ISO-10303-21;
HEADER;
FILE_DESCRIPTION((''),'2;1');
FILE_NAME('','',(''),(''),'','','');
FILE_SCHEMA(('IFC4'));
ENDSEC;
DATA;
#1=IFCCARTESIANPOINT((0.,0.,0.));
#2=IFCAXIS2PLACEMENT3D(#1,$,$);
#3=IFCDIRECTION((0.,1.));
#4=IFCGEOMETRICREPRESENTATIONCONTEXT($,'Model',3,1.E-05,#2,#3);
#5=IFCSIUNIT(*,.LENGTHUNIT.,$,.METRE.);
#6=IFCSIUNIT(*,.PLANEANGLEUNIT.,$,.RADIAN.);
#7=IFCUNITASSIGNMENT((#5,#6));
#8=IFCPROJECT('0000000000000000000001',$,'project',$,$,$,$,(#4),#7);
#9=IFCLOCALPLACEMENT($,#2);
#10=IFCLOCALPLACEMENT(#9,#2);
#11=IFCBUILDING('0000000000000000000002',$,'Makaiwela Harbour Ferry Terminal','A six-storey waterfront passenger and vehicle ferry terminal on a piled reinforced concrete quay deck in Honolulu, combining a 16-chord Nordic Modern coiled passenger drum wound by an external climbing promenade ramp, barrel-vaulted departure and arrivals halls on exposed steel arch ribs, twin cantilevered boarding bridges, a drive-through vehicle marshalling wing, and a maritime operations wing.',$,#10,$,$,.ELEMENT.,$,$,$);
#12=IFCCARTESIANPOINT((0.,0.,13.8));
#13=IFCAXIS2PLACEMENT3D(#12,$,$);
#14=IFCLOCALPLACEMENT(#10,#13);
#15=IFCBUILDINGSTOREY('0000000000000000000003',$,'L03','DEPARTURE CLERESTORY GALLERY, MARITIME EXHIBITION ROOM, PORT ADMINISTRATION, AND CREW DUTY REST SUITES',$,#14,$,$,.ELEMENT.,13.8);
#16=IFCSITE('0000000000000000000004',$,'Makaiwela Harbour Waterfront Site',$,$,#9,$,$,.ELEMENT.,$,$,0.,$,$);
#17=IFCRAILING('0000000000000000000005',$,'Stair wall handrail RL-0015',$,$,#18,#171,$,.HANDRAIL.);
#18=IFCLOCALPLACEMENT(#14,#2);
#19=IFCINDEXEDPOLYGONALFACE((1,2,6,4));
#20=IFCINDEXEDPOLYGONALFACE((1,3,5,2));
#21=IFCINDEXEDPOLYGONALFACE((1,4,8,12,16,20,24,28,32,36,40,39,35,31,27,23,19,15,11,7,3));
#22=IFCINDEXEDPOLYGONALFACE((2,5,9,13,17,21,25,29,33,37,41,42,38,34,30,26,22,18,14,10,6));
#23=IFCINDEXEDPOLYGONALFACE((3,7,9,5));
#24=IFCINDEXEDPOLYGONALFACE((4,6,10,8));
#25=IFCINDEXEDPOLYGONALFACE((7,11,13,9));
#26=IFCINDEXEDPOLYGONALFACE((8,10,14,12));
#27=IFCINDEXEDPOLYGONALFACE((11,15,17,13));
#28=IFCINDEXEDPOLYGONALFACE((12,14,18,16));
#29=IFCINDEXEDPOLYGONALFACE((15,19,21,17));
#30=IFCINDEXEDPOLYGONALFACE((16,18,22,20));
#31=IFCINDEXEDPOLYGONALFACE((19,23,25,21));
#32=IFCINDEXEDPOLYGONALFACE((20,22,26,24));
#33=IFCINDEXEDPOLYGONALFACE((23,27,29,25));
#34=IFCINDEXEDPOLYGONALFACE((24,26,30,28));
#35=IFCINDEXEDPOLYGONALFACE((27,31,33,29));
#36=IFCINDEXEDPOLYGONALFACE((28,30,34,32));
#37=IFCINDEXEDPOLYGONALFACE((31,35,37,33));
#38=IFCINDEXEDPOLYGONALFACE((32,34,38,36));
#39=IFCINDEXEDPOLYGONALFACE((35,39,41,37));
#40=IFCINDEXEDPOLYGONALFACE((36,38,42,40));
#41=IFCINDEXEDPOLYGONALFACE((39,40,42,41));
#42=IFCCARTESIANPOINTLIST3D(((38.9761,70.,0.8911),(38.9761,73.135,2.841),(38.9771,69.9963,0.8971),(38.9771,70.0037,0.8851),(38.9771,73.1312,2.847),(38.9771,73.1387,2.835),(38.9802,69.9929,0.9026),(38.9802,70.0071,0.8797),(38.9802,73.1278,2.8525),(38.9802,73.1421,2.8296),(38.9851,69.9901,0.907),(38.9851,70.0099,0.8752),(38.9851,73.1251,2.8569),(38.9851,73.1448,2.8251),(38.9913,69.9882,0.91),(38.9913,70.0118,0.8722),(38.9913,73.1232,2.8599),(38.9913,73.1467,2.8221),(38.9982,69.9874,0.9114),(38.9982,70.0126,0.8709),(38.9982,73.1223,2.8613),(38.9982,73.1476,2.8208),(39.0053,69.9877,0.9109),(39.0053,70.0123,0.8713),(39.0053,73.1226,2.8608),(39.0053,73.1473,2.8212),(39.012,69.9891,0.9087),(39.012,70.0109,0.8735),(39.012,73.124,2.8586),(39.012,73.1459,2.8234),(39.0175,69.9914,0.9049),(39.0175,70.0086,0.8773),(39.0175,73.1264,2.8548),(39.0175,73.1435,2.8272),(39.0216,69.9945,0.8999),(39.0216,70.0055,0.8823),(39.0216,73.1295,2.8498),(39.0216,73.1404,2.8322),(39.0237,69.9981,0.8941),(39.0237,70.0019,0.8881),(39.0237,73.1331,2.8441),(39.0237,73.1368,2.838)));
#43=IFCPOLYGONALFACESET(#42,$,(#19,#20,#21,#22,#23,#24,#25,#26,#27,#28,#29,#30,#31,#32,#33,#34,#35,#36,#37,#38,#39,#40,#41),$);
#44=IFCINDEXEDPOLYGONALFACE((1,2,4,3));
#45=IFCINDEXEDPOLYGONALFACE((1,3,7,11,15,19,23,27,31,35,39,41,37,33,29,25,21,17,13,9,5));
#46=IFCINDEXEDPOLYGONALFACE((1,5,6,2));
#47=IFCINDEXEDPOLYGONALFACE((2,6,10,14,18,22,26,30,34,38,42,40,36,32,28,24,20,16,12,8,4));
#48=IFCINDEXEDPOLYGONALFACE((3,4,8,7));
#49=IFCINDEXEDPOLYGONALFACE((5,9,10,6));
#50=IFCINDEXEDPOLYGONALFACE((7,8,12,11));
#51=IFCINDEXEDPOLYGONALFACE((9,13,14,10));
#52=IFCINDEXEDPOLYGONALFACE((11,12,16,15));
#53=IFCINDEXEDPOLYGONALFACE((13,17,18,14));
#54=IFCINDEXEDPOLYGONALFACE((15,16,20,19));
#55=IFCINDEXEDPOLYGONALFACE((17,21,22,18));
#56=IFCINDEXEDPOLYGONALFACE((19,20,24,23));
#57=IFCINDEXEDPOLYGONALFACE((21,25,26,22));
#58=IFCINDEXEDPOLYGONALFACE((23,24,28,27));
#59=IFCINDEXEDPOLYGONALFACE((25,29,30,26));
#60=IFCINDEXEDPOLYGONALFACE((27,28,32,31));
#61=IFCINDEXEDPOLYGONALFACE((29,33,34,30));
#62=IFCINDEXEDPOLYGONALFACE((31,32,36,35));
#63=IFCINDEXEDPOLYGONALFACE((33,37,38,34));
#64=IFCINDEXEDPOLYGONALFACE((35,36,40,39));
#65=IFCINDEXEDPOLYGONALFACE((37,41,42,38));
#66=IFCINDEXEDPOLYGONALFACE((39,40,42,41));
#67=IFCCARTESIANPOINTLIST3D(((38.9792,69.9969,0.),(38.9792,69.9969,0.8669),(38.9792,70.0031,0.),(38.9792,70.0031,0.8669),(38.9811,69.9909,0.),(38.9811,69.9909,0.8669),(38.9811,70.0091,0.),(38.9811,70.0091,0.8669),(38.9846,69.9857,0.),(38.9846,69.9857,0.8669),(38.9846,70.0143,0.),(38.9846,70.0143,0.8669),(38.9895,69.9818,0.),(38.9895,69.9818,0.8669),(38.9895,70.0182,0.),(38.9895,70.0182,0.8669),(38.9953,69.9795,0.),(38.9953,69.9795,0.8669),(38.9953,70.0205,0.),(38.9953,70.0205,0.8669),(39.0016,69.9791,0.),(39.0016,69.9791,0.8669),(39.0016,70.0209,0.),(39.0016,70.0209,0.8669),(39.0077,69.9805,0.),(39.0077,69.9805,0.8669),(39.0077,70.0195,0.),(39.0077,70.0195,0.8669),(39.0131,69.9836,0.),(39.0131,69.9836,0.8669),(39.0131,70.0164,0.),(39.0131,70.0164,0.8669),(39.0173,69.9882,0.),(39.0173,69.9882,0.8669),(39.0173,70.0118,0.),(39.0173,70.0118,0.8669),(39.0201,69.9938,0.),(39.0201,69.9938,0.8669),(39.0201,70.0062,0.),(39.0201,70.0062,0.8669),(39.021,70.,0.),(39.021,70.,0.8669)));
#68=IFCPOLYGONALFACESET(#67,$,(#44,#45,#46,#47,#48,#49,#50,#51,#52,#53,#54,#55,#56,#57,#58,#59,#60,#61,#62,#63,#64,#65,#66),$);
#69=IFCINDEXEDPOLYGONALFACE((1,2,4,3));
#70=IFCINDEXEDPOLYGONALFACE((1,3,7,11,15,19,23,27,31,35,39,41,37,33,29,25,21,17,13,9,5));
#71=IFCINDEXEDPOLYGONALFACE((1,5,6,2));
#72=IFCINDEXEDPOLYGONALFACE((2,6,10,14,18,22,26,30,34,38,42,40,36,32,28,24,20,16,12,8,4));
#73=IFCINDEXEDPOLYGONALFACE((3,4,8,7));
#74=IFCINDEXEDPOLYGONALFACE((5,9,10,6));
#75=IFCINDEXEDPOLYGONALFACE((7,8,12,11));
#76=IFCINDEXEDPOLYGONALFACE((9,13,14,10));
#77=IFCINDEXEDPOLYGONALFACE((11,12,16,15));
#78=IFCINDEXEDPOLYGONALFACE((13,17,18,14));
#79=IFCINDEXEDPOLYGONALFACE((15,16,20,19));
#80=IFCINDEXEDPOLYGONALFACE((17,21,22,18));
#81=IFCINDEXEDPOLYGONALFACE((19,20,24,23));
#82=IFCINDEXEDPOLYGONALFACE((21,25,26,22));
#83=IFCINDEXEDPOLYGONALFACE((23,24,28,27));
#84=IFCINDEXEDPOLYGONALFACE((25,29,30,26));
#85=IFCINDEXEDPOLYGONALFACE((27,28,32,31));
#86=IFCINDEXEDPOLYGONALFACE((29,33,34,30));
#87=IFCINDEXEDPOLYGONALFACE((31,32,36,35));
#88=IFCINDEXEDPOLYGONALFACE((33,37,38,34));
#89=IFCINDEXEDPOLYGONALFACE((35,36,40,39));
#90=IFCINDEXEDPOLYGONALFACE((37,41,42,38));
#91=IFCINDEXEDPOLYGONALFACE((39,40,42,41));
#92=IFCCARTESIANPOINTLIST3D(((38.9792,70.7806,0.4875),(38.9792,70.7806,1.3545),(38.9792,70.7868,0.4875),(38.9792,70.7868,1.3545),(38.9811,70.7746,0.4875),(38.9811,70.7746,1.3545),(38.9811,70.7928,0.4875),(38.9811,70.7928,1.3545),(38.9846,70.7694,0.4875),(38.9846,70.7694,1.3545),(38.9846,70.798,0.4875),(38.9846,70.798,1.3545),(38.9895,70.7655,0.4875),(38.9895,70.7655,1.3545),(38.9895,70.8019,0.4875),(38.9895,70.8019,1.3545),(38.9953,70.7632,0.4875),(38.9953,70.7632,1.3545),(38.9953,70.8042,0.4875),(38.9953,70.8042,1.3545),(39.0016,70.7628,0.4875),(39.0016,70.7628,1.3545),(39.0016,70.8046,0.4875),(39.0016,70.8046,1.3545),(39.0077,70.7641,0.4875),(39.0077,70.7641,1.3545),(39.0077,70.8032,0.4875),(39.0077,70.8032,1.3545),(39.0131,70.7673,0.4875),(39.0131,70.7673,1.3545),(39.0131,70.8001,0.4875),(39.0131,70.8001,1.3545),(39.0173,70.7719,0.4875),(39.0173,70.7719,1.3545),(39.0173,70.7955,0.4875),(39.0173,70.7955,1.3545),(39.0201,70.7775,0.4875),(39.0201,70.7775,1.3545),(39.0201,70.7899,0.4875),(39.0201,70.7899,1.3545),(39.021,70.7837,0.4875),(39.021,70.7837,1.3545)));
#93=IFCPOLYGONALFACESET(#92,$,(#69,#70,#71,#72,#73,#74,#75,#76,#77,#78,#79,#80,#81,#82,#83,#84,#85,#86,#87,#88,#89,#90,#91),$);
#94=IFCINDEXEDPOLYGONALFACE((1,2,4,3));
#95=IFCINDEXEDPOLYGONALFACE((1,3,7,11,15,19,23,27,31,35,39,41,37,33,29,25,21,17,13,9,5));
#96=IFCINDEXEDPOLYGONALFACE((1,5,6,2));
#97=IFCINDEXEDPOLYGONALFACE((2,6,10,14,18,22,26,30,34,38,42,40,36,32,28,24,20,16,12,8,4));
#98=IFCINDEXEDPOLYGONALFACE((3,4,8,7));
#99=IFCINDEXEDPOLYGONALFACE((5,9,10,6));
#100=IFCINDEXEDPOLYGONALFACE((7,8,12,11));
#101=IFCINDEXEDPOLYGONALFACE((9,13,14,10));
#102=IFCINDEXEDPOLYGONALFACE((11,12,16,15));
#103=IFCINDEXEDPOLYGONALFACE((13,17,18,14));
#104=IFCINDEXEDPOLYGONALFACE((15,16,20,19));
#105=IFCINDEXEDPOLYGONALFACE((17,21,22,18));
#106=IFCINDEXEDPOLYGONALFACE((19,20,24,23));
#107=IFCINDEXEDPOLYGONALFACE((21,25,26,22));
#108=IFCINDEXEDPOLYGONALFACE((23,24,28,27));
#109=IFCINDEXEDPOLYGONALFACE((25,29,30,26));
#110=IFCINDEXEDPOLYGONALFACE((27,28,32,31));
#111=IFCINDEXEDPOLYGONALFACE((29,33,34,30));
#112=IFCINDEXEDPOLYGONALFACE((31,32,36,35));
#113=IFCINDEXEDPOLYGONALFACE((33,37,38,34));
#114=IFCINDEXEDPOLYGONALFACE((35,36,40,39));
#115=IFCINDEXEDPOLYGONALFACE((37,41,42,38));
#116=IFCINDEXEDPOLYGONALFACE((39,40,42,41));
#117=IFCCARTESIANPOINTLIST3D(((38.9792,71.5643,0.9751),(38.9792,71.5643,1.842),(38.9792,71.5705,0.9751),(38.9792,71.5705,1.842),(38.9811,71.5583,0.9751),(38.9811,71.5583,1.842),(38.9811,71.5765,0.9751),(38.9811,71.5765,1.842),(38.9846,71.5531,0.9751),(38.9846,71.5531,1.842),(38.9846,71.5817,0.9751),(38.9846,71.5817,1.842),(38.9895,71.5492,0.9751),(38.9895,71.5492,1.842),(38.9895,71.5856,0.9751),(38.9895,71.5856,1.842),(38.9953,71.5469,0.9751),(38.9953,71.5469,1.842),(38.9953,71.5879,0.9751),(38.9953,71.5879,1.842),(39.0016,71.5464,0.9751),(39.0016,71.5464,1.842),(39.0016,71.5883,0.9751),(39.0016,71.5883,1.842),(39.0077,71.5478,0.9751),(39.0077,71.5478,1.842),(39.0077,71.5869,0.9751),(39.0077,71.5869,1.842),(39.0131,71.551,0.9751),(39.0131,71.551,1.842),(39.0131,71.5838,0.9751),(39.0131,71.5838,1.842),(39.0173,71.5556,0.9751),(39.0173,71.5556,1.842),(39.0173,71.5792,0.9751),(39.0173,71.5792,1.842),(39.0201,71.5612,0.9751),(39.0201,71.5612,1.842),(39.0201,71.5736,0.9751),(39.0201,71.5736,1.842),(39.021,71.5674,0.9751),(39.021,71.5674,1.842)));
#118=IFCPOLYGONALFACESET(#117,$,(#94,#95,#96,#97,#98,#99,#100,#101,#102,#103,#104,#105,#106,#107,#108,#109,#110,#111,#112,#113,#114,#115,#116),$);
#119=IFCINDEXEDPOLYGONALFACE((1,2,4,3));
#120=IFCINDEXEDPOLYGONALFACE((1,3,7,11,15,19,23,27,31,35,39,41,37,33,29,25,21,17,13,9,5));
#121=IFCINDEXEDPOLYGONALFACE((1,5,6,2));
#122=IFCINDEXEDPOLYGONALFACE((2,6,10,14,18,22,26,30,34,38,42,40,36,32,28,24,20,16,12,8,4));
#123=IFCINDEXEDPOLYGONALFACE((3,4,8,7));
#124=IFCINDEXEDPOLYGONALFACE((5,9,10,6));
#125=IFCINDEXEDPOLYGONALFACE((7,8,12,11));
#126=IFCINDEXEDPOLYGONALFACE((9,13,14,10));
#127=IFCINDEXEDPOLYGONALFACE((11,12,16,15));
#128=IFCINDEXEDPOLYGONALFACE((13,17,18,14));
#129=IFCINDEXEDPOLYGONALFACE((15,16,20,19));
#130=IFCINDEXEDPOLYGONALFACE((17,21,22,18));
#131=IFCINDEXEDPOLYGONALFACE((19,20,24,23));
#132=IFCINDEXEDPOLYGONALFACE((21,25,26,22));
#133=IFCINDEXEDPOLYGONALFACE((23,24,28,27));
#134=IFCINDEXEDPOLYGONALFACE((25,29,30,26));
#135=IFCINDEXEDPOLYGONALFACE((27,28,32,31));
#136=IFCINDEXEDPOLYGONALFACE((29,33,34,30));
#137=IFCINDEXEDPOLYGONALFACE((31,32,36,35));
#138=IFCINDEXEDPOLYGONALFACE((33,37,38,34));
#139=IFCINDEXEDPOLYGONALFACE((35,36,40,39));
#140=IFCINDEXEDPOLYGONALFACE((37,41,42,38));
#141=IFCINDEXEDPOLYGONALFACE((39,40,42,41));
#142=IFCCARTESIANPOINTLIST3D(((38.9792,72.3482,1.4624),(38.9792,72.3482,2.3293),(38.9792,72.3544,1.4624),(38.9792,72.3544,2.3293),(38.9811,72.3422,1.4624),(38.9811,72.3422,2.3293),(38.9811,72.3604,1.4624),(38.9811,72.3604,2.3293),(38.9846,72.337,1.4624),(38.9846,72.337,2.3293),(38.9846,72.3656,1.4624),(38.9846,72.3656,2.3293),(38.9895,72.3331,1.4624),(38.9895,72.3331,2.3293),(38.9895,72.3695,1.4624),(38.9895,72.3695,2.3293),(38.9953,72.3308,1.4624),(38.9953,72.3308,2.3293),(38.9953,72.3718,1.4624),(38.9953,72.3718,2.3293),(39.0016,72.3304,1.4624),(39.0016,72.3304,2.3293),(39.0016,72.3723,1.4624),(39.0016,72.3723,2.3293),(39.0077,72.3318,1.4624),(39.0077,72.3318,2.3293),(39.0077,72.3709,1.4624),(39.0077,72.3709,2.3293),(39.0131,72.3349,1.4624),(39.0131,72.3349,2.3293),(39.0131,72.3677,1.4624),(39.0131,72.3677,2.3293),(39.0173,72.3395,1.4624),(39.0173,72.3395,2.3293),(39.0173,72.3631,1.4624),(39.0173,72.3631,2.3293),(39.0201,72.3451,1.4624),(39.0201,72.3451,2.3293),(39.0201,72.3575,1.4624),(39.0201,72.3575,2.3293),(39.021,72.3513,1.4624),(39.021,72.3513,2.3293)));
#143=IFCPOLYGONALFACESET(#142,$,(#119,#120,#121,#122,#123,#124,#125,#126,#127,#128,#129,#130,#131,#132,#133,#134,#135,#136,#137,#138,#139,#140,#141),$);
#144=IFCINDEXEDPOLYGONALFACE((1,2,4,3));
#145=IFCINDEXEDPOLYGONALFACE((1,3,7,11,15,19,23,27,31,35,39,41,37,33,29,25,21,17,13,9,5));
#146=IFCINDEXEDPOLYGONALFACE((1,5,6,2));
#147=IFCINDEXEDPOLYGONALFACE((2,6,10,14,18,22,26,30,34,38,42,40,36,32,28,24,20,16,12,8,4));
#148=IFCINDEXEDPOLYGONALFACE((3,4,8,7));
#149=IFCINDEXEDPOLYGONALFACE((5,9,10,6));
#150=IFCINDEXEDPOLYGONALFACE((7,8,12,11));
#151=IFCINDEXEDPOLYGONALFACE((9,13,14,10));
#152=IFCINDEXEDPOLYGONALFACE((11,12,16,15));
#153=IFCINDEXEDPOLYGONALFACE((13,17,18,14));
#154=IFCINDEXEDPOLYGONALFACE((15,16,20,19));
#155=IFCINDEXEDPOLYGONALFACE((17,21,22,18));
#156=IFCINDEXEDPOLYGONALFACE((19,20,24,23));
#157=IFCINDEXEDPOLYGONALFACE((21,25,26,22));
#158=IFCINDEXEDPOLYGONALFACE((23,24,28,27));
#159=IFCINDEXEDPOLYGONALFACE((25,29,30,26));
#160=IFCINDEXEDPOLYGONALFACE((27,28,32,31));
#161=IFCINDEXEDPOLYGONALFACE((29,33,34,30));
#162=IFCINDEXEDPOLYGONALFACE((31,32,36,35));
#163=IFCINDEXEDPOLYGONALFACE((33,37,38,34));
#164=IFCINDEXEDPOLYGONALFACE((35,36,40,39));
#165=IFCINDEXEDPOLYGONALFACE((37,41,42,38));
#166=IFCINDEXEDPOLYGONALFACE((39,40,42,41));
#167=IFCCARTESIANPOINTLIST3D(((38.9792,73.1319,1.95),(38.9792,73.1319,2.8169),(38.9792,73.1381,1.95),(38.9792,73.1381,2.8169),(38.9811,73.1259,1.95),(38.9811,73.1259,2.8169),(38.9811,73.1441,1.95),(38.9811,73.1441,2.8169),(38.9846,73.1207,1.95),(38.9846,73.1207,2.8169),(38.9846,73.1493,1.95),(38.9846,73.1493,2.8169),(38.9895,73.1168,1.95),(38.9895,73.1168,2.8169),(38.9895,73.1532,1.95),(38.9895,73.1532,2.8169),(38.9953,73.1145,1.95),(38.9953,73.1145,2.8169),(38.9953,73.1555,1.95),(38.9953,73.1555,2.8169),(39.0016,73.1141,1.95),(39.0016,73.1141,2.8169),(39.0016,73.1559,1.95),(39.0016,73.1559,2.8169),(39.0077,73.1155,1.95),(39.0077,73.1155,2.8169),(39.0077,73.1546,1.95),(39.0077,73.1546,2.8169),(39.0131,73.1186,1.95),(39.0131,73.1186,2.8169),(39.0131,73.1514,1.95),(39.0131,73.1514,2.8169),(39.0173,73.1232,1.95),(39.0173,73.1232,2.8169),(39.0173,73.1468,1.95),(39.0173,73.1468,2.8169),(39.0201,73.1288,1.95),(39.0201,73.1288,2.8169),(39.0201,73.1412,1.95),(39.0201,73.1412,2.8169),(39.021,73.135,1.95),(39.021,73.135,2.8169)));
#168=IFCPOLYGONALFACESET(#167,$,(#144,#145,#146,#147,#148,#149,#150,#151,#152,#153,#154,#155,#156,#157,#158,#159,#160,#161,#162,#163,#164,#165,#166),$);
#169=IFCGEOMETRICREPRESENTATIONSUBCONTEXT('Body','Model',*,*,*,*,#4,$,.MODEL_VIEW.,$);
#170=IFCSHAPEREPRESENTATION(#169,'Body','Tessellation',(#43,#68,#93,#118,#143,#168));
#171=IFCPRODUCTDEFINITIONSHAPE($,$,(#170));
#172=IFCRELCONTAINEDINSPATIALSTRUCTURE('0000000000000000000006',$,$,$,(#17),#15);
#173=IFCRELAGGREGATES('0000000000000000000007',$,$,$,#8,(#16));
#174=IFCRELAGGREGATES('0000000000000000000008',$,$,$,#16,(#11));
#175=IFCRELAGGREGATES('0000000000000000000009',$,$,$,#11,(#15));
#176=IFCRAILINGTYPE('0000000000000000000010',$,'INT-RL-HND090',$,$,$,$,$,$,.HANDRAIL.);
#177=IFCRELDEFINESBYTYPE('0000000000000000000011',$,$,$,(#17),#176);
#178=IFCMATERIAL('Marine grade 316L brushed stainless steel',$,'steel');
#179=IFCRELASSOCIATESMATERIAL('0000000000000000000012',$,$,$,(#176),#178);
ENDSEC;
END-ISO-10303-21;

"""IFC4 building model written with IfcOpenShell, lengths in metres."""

from ifc_helpers import new_model, si_unit, direction, frame, origin, origin_2d, place, context, subcontext, project, spatial, circle, extrude, material, type_object, element, save


model = new_model("IFC4")

# Units and contexts
model_context = context("Model", 3, precision=1e-05, world=origin(), true_north=direction((0.0, 1.0)))
body_context = subcontext(model_context, "Body", "Model", "MODEL_VIEW")
ifc_project = project(units=[si_unit("LENGTHUNIT", "METRE"), si_unit("PLANEANGLEUNIT", "RADIAN")], contexts=[model_context])

# Site, building, storey
site_placement = place(None, origin())
site = spatial("IfcSite", under=ifc_project, at=site_placement, Name="Makaiwela Harbour Waterfront Site", CompositionType="ELEMENT", RefElevation=0.0)
building_placement = place(site_placement, origin())
building = spatial("IfcBuilding", under=site, at=building_placement, Name="Makaiwela Harbour Ferry Terminal", Description="A six-storey waterfront passenger and vehicle ferry terminal on a piled reinforced concrete quay deck in Honolulu, combining a 16-chord Nordic Modern coiled passenger drum wound by an external climbing promenade ramp, barrel-vaulted departure and arrivals halls on exposed steel arch ribs, twin cantilevered boarding bridges, a drive-through vehicle marshalling wing, and a maritime operations wing.", CompositionType="ELEMENT")
storey_placement = place(building_placement, frame((0.0, 0.0, 13.8)))
storey = spatial("IfcBuildingStorey", under=building, at=storey_placement, Name="L03", Description="DEPARTURE CLERESTORY GALLERY, MARITIME EXHIBITION ROOM, PORT ADMINISTRATION, AND CREW DUTY REST SUITES", CompositionType="ELEMENT", Elevation=13.8)

# Shared definitions
ifc_material_1 = material(Name="Marine grade 316L brushed stainless steel", Category="steel")

# Railing
railing_type_1 = type_object("IfcRailingType", Name="INT-RL-HND090", PredefinedType="HANDRAIL", material=ifc_material_1)
railing_1_placement = place(storey_placement, frame((39.0, 70.0, 0.0)))
element("IfcRailing", 1, at=railing_1_placement, inside=storey, type_object=railing_type_1, Name="Stair wall handrail RL-0015", PredefinedType="HANDRAIL", context=body_context, shape_type="SweptSolid", body=[
    extrude(circle(Radius=0.0239, at=origin_2d()), frame((0.0, 0.0, 0.8911), z_axis=(0.0, 0.849144, 0.528161), x_axis=(-1.0, 0.0, 0.0)), (0.0, 0.0, 1.0), 3.6919),
    extrude(circle(Radius=0.021, at=origin_2d()), origin(), (0.0, 0.0, 1.0), 0.8669),
    extrude(circle(Radius=0.021, at=origin_2d()), frame((0.0, 0.7837, 0.4875)), (0.0, 0.0, 1.0), 0.8669),
    extrude(circle(Radius=0.021, at=origin_2d()), frame((0.0, 1.5674, 0.9751)), (0.0, 0.0, 1.0), 0.8669),
    extrude(circle(Radius=0.021, at=origin_2d()), frame((0.0, 2.3513, 1.4624)), (0.0, 0.0, 1.0), 0.8669),
    extrude(circle(Radius=0.021, at=origin_2d()), frame((0.0, 3.135, 1.95)), (0.0, 0.0, 1.0), 0.8669),
])

save(model, "model.ifc")
